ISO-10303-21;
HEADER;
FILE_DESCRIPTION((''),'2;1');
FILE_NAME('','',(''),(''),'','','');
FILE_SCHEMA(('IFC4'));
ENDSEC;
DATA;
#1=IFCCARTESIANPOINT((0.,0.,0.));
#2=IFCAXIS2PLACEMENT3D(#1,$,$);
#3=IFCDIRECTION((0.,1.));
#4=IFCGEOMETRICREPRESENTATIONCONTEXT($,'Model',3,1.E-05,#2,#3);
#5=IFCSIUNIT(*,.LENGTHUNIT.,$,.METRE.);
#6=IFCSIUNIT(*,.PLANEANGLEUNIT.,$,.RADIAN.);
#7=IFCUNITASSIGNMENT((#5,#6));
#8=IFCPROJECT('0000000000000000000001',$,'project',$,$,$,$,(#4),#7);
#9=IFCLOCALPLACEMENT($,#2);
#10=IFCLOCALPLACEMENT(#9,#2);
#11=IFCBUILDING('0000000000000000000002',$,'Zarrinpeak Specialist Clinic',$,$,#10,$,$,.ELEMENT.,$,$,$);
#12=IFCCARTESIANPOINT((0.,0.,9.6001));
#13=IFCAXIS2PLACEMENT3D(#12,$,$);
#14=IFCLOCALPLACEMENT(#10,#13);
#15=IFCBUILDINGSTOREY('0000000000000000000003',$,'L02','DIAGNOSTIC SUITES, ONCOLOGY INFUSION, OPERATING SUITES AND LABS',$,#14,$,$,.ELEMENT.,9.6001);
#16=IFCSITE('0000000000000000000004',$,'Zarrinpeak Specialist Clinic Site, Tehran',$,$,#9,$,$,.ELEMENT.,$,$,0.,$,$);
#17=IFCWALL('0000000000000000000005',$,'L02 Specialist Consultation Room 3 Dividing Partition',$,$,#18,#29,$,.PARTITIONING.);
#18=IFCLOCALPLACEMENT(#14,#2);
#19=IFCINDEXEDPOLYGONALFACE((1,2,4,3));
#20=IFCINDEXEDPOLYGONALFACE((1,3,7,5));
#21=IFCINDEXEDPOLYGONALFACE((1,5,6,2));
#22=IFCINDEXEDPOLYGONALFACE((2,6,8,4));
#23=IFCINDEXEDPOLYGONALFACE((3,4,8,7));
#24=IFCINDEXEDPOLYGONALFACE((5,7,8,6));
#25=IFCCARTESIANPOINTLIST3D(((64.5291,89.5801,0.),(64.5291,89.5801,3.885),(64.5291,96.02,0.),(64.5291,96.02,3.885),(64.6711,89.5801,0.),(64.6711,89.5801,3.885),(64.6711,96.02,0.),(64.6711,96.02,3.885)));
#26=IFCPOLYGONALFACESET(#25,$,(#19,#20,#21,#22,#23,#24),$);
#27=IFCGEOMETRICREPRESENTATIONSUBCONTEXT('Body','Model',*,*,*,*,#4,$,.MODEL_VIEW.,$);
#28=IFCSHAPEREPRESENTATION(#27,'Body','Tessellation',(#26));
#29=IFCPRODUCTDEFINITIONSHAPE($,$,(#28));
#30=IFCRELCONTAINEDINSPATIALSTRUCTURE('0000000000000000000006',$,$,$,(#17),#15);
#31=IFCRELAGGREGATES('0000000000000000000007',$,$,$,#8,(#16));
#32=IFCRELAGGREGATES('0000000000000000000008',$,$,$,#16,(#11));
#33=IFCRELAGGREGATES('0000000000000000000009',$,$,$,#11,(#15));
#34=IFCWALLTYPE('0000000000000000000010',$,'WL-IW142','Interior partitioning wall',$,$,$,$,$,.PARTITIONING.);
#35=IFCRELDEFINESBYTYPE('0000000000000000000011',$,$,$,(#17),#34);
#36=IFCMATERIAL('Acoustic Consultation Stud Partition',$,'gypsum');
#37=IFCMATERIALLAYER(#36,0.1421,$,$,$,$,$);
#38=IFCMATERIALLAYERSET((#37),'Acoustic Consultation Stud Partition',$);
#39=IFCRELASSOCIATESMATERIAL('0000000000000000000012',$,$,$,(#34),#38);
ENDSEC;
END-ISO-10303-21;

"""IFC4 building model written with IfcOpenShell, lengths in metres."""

from ifc_helpers import new_model, si_unit, direction, frame, frame_2d, origin, place, context, subcontext, project, spatial, rectangle, extrude, material, layer, layer_set, type_object, element, save


model = new_model("IFC4")

# Units and contexts
model_context = context("Model", 3, precision=1e-05, world=origin(), true_north=direction((0.0, 1.0)))
body_context = subcontext(model_context, "Body", "Model", "MODEL_VIEW")
ifc_project = project(units=[si_unit("LENGTHUNIT", "METRE"), si_unit("PLANEANGLEUNIT", "RADIAN")], contexts=[model_context])

# Site, building, storey
site_placement = place(None, origin())
site = spatial("IfcSite", under=ifc_project, at=site_placement, Name="Zarrinpeak Specialist Clinic Site, Tehran", CompositionType="ELEMENT", RefElevation=0.0)
building_placement = place(site_placement, origin())
building = spatial("IfcBuilding", under=site, at=building_placement, Name="Zarrinpeak Specialist Clinic", CompositionType="ELEMENT")
storey_placement = place(building_placement, frame((0.0, 0.0, 9.6001)))
storey = spatial("IfcBuildingStorey", under=building, at=storey_placement, Name="L02", Description="DIAGNOSTIC SUITES, ONCOLOGY INFUSION, OPERATING SUITES AND LABS", CompositionType="ELEMENT", Elevation=9.6001)

# Wall
ifc_material_1 = material(Name="Acoustic Consultation Stud Partition", Category="gypsum")
ifc_layer_1 = layer(ifc_material_1, 0.1421)
ifc_layer_set_1 = layer_set([ifc_layer_1], Name="Acoustic Consultation Stud Partition")
wall_type_1 = type_object("IfcWallType", Name="WL-IW142", Description="Interior partitioning wall", PredefinedType="PARTITIONING", material=ifc_layer_set_1)
wall_1_placement = place(storey_placement, frame((64.6001, 89.5801, 0.0), z_axis=(0.0, 0.0, 1.0), x_axis=(0.0, 1.0, 0.0)))
element("IfcWall", 1, at=wall_1_placement, inside=storey, type_object=wall_type_1, Name="L02 Specialist Consultation Room 3 Dividing Partition", PredefinedType="PARTITIONING", context=body_context, shape_type="SweptSolid", body=[
    extrude(rectangle(XDim=6.4399, YDim=0.1421, at=frame_2d((3.22, 0.0))), origin(), (0.0, 0.0, 1.0), 3.885),
])

save(model, "model.ifc")
